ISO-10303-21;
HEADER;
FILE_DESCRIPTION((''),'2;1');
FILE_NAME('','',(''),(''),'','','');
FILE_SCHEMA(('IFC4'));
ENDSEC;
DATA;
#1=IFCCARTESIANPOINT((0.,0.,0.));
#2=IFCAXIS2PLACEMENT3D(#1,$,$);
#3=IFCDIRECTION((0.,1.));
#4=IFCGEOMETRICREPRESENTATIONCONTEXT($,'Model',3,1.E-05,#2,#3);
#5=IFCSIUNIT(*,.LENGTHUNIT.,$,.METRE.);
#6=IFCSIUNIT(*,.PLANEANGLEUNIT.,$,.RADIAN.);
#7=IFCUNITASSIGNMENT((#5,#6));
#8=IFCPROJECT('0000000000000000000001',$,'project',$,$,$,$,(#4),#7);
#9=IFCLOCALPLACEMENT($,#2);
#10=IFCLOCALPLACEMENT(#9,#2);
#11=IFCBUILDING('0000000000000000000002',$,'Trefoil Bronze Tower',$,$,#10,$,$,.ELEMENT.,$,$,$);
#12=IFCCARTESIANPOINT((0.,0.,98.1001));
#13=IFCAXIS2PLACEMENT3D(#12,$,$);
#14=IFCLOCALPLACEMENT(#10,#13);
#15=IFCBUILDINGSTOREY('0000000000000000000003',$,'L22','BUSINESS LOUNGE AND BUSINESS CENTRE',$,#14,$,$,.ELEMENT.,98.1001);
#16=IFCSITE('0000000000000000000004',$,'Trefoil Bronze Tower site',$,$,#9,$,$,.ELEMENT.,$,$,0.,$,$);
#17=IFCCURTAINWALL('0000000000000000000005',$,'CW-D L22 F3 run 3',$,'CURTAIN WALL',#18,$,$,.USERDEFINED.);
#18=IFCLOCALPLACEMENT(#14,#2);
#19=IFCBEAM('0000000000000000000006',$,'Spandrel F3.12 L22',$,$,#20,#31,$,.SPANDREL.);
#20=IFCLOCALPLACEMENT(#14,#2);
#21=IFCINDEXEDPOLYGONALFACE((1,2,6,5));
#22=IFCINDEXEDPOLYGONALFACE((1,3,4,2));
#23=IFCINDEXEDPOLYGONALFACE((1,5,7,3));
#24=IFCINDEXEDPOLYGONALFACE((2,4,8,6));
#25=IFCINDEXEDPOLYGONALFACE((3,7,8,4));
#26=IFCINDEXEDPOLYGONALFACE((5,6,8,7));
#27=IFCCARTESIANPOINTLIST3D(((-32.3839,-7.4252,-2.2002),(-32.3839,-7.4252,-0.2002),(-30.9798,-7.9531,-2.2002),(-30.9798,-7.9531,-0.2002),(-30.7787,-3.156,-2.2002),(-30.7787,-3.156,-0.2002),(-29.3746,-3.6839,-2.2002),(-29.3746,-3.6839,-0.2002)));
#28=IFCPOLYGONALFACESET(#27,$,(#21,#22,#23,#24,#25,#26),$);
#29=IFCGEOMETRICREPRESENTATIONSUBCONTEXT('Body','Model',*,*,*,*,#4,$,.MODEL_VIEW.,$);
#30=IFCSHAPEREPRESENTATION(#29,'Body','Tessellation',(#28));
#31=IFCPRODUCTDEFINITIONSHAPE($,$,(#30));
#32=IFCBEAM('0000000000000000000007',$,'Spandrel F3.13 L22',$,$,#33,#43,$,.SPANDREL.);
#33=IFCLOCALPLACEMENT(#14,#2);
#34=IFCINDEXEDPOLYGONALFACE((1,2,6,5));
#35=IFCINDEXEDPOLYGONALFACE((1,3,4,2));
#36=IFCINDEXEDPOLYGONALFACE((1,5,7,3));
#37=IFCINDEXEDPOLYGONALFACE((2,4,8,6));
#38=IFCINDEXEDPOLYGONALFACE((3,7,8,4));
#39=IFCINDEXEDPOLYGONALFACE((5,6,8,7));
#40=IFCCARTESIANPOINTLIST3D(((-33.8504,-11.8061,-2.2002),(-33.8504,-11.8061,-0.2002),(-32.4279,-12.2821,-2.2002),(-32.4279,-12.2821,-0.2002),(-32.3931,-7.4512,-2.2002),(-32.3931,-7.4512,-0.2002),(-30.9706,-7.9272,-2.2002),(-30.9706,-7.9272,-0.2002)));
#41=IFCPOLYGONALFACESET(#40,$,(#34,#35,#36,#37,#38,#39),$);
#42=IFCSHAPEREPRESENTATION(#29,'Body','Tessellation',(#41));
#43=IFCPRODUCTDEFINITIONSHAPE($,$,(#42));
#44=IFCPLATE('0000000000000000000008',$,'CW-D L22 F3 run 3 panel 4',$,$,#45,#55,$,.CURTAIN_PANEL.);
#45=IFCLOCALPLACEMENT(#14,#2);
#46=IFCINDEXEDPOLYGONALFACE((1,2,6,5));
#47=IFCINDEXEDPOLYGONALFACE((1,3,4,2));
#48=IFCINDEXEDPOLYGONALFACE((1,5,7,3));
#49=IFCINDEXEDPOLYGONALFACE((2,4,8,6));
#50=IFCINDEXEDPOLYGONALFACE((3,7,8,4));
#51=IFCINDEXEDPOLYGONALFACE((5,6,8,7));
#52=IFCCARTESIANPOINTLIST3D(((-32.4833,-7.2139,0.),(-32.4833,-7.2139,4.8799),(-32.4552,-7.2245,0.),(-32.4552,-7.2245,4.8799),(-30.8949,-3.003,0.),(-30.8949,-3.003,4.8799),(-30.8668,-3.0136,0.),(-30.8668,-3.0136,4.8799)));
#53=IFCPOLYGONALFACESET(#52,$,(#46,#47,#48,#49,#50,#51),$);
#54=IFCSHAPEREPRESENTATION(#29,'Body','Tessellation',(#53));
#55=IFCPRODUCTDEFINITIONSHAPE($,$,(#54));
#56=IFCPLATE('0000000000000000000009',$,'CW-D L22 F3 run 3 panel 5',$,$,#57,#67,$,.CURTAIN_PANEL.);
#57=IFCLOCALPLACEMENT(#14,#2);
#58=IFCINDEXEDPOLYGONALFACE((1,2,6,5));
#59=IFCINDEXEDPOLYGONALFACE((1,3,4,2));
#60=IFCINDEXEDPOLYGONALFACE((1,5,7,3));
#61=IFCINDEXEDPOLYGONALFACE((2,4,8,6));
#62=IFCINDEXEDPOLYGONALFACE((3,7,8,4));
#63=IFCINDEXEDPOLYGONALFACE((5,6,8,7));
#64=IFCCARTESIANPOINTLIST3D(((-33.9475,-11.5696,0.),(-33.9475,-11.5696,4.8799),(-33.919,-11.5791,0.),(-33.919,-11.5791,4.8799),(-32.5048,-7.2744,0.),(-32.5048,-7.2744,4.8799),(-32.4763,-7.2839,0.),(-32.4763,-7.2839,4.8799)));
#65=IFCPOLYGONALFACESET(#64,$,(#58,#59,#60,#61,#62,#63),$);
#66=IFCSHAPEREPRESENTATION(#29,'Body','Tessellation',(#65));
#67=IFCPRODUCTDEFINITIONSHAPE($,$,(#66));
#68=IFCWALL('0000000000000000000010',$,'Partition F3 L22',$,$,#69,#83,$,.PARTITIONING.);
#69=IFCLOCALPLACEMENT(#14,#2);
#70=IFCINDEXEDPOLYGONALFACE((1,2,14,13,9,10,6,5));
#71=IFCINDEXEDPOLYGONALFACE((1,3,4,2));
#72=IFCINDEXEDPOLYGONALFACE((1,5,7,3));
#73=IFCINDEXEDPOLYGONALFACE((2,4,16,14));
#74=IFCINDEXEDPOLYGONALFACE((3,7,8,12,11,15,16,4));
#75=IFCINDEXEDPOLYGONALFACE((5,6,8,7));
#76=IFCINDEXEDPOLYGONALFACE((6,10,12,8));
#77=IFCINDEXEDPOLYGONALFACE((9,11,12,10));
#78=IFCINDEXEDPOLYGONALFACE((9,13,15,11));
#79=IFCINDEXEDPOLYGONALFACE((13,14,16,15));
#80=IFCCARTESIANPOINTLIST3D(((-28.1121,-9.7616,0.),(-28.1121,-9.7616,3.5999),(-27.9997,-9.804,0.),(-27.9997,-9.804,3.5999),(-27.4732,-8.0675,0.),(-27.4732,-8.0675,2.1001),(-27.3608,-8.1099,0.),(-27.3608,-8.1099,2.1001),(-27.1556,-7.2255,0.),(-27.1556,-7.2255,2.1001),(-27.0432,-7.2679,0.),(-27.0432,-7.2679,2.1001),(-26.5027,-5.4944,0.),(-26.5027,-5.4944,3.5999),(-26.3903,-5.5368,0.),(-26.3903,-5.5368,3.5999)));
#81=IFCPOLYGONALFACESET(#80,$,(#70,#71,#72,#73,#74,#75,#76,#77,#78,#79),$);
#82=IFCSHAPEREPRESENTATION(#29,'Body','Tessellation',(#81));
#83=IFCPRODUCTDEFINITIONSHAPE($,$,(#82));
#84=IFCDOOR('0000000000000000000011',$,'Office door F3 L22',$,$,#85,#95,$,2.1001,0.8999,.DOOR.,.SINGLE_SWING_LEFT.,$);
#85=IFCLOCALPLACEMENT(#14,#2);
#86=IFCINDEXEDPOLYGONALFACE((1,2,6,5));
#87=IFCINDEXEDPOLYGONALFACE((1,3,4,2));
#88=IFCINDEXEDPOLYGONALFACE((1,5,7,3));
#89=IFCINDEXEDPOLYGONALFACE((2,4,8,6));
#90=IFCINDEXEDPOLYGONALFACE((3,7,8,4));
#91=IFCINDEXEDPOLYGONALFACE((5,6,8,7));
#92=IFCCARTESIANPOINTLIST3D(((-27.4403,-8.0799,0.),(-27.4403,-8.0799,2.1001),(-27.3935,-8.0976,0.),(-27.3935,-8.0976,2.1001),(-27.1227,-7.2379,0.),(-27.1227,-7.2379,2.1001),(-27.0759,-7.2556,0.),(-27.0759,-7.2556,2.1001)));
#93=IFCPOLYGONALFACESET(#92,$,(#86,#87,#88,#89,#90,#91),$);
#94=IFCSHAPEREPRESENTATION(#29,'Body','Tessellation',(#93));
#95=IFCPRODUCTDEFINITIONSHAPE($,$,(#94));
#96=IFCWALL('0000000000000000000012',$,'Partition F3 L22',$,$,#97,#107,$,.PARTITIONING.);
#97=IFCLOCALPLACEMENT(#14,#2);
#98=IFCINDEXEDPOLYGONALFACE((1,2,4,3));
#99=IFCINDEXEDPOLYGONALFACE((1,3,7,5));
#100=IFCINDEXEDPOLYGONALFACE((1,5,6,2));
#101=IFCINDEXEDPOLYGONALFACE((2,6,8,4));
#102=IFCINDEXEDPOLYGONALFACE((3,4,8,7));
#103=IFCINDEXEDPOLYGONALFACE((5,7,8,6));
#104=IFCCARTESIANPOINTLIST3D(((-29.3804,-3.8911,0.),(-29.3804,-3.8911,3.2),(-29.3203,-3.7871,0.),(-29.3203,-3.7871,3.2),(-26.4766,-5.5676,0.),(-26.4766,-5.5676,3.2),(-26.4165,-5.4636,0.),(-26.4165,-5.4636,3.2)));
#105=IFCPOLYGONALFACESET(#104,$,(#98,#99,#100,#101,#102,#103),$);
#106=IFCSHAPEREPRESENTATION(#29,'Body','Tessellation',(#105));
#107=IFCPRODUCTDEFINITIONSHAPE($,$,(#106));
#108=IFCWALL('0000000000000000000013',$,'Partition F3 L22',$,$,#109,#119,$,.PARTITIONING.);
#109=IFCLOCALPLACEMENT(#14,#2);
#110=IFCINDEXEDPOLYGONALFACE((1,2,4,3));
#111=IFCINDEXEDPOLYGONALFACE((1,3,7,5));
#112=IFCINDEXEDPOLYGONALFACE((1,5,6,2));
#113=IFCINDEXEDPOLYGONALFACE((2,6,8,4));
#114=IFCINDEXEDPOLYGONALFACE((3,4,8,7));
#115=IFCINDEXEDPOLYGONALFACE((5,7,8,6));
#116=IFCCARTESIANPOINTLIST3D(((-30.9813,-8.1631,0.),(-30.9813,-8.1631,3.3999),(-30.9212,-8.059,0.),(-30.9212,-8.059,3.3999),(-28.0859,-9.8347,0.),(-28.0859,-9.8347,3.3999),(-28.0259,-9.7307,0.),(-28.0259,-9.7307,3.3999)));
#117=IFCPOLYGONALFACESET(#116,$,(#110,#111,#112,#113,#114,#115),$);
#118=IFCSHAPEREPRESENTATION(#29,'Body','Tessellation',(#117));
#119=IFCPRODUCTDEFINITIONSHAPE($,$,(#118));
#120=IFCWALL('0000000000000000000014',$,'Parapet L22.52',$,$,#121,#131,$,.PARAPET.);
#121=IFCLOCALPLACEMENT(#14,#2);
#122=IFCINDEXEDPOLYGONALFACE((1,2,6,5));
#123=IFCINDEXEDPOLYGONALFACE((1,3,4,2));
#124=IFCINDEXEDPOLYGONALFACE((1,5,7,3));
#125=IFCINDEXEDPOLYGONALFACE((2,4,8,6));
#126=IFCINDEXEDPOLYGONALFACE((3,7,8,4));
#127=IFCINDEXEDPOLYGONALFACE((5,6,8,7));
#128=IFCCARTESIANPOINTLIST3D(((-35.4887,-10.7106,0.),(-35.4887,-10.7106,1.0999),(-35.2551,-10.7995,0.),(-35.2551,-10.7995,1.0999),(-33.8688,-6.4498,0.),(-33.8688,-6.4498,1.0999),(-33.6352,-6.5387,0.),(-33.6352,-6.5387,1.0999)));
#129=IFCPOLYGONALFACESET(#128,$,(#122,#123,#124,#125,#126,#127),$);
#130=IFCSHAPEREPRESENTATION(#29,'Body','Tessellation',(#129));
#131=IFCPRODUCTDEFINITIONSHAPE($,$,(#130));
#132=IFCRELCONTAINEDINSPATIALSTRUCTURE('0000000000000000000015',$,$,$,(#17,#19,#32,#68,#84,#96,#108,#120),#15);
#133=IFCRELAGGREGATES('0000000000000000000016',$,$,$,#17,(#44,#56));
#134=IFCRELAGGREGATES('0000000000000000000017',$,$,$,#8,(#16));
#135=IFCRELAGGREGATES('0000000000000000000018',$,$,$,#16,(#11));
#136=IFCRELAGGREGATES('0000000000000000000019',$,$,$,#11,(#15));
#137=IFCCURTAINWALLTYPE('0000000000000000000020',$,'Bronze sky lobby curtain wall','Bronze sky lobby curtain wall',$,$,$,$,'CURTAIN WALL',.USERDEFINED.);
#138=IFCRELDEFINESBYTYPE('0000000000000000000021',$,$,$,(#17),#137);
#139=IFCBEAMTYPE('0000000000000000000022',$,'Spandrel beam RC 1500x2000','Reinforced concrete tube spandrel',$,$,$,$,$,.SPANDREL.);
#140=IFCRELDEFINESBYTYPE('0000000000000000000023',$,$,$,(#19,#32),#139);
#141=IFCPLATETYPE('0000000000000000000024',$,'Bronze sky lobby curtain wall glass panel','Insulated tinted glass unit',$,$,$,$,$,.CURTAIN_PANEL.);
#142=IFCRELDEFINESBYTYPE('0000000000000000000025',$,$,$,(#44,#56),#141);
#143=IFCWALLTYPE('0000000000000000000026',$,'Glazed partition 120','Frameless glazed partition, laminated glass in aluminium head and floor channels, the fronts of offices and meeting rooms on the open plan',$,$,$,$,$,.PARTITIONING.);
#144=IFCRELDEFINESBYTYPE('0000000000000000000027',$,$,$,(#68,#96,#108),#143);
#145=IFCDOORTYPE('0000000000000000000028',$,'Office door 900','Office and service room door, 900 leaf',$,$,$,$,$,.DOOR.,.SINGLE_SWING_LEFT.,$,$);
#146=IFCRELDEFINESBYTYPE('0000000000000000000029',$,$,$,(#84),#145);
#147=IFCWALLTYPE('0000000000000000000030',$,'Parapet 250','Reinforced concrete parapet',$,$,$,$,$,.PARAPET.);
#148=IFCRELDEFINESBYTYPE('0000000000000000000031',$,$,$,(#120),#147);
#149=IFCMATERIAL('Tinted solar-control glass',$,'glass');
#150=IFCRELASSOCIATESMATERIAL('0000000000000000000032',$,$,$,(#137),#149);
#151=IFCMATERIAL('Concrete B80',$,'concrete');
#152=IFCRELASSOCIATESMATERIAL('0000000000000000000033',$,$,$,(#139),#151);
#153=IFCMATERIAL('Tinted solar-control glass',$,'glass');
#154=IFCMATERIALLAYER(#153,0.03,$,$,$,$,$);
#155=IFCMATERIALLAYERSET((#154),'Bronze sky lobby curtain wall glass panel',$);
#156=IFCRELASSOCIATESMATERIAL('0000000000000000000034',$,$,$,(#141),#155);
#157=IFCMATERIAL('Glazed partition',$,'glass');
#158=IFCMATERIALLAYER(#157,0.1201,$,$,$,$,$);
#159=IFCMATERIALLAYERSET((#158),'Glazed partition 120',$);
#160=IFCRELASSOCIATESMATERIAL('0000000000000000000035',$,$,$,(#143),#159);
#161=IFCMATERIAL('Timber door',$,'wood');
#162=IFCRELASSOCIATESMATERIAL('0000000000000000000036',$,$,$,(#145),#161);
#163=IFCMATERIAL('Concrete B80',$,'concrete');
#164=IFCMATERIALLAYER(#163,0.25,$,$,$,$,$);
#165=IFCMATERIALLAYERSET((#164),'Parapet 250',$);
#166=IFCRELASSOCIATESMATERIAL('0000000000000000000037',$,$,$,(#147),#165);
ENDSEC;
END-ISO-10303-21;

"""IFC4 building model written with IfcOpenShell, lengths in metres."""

from ifc_helpers import new_model, si_unit, direction, frame, frame_2d, origin, origin_2d, place, context, subcontext, project, spatial, rectangle, extrude, material, layer, layer_set, material_profile, profile_set, type_object, element, fill, aggregate, save


model = new_model("IFC4")

# Units and contexts
model_context = context("Model", 3, precision=1e-05, world=origin(), true_north=direction((0.0, 1.0)))
body_context = subcontext(model_context, "Body", "Model", "MODEL_VIEW")
ifc_project = project(units=[si_unit("LENGTHUNIT", "METRE"), si_unit("PLANEANGLEUNIT", "RADIAN")], contexts=[model_context])

# Site, building, storey
site_placement = place(None, origin())
site = spatial("IfcSite", under=ifc_project, at=site_placement, Name="Trefoil Bronze Tower site", CompositionType="ELEMENT", RefElevation=0.0)
building_placement = place(site_placement, origin())
building = spatial("IfcBuilding", under=site, at=building_placement, Name="Trefoil Bronze Tower", CompositionType="ELEMENT")
storey_placement = place(building_placement, frame((0.0, 0.0, 98.1001)))
storey = spatial("IfcBuildingStorey", under=building, at=storey_placement, Name="L22", Description="BUSINESS LOUNGE AND BUSINESS CENTRE", CompositionType="ELEMENT", Elevation=98.1001)

# Curtain wall
ifc_material_1 = material(Name="Tinted solar-control glass", Category="glass")
curtain_wall_type = type_object("IfcCurtainWallType", Name="Bronze sky lobby curtain wall", Description="Bronze sky lobby curtain wall", ElementType="CURTAIN WALL", PredefinedType="USERDEFINED", material=ifc_material_1)
curtain_wall_placement = place(storey_placement, origin())
curtain_wall = element("IfcCurtainWall", 1, at=curtain_wall_placement, inside=storey, type_object=curtain_wall_type, Name="CW-D L22 F3 run 3", ObjectType="CURTAIN WALL", PredefinedType="USERDEFINED")

# Beams
ifc_material_2 = material(Name="Concrete B80", Category="concrete")
ifc_material_profile_1 = material_profile(ifc_material_2, rectangle(XDim=1.5, YDim=2.0, at=origin_2d()), Name="RC 1500x2000")
ifc_profile_set_1 = profile_set([ifc_material_profile_1], Name="Concrete B80")
beam_type_1 = type_object("IfcBeamType", Name="Spandrel beam RC 1500x2000", Description="Reinforced concrete tube spandrel", PredefinedType="SPANDREL", material=ifc_profile_set_1)
beam_1_placement = place(storey_placement, frame((-30.0767, -3.4199, -1.2002), z_axis=(-0.351939, -0.936023, 0.0), x_axis=(0.936023, -0.351939, 0.0)))
element("IfcBeam", 2, at=beam_1_placement, inside=storey, type_object=beam_type_1, Name="Spandrel F3.12 L22", PredefinedType="SPANDREL", context=body_context, shape_type="SweptSolid", body=[
    extrude(rectangle(XDim=1.5, YDim=2.0, at=origin_2d()), origin(), (0.0, 0.0, 1.0), 4.561),
])
beam_2_placement = place(storey_placement, frame((-31.6819, -7.6892, -1.2002), z_axis=(-0.317328, -0.948316, 0.0), x_axis=(0.948316, -0.317328, 0.0)))
element("IfcBeam", 3, at=beam_2_placement, inside=storey, type_object=beam_type_1, Name="Spandrel F3.13 L22", PredefinedType="SPANDREL", context=body_context, shape_type="SweptSolid", body=[
    extrude(rectangle(XDim=1.5, YDim=2.0, at=origin_2d()), origin(), (0.0, 0.0, 1.0), 4.5923),
])

# Plates
ifc_material_3 = material(Name="Tinted solar-control glass", Category="glass")
ifc_layer_1 = layer(ifc_material_3, 0.03)
ifc_layer_set_1 = layer_set([ifc_layer_1], Name="Bronze sky lobby curtain wall glass panel")
plate_type = type_object("IfcPlateType", Name="Bronze sky lobby curtain wall glass panel", Description="Insulated tinted glass unit", PredefinedType="CURTAIN_PANEL", material=ifc_layer_set_1)
plate_1_placement = place(storey_placement, frame((-31.675, -5.1138, 0.0), z_axis=(0.0, 0.0, 1.0), x_axis=(-0.35292, -0.935654, 0.0)))
plate_1 = element("IfcPlate", 4, at=plate_1_placement, type_object=plate_type, Name="CW-D L22 F3 run 3 panel 4", PredefinedType="CURTAIN_PANEL", context=body_context, shape_type="SweptSolid", body=[
    extrude(rectangle(XDim=4.5005, YDim=0.03, at=origin_2d()), origin(), (0.0, 0.0, 1.0), 4.8799),
])
plate_2_placement = place(storey_placement, frame((-33.2119, -9.4268, 0.0), z_axis=(0.0, 0.0, 1.0), x_axis=(-0.318404, -0.947955, 0.0)))
plate_2 = element("IfcPlate", 5, at=plate_2_placement, type_object=plate_type, Name="CW-D L22 F3 run 3 panel 5", PredefinedType="CURTAIN_PANEL", context=body_context, shape_type="SweptSolid", body=[
    extrude(rectangle(XDim=4.531, YDim=0.03, at=origin_2d()), origin(), (0.0, 0.0, 1.0), 4.8799),
])
aggregate(curtain_wall, [plate_1, plate_2])

# Wall, opening, door
ifc_material_4 = material(Name="Glazed partition", Category="glass")
ifc_layer_2 = layer(ifc_material_4, 0.1201)
ifc_layer_set_2 = layer_set([ifc_layer_2], Name="Glazed partition 120")
wall_type_1 = type_object("IfcWallType", Name="Glazed partition 120", Description="Frameless glazed partition, laminated glass in aluminium head and floor channels, the fronts of offices and meeting rooms on the open plan", PredefinedType="PARTITIONING", material=ifc_layer_set_2)
wall_1_placement = place(storey_placement, frame((-26.4465, -5.5156, 0.0), z_axis=(0.0, 0.0, 1.0), x_axis=(-0.352895, -0.935663, 0.0)))
wall_1 = element("IfcWall", 6, at=wall_1_placement, inside=storey, type_object=wall_type_1, Name="Partition F3 L22", PredefinedType="PARTITIONING", context=body_context, shape_type="SweptSolid", body=[
    extrude(rectangle(XDim=4.5605, YDim=0.1201, at=frame_2d((2.2803, 0.0))), origin(), (0.0, 0.0, 1.0), 3.5999),
])
opening_placement = place(wall_1_placement, frame((1.8501, 0.0, 0.0)))
opening = element("IfcOpeningElement", 7, at=opening_placement, cuts=wall_1, PredefinedType="OPENING", context=body_context, shape_type="SweptSolid", body=[
    extrude(rectangle(XDim=0.8999, YDim=2.1001, at=frame_2d((0.45, 1.05))), frame((0.0, 0.0701, 0.0), z_axis=(0.0, -1.0, 0.0), x_axis=(1.0, 0.0, 0.0)), (0.0, 0.0, 1.0), 0.1401),
])
ifc_material_5 = material(Name="Timber door", Category="wood")
door_type = type_object("IfcDoorType", Name="Office door 900", Description="Office and service room door, 900 leaf", OperationType="SINGLE_SWING_LEFT", PredefinedType="DOOR", material=ifc_material_5)
door_placement = place(opening_placement, frame((0.8999, 0.0, 0.0), z_axis=(0.0, 0.0, 1.0), x_axis=(-1.0, 0.0, 0.0)))
door = element("IfcDoor", 8, at=door_placement, inside=storey, type_object=door_type, Name="Office door F3 L22", OperationType="SINGLE_SWING_LEFT", OverallHeight=2.1001, OverallWidth=0.8999, PredefinedType="DOOR", context=body_context, shape_type="SweptSolid", body=[
    extrude(rectangle(XDim=0.8999, YDim=2.1001, at=frame_2d((0.45, 1.05))), frame((0.0, 0.0249, 0.0), z_axis=(0.0, -1.0, 0.0), x_axis=(1.0, 0.0, 0.0)), (0.0, 0.0, 1.0), 0.05),
])
fill(opening, door)

# Walls
wall_2_placement = place(storey_placement, frame((-26.4465, -5.5156, 0.0), z_axis=(0.0, 0.0, 1.0), x_axis=(-0.866026, 0.5, 0.0)))
element("IfcWall", 9, at=wall_2_placement, inside=storey, type_object=wall_type_1, Name="Partition F3 L22", PredefinedType="PARTITIONING", context=body_context, shape_type="SweptSolid", body=[
    extrude(rectangle(XDim=3.353, YDim=0.1201, at=frame_2d((1.6765, 0.0))), origin(), (0.0, 0.0, 1.0), 3.2),
])
wall_3_placement = place(storey_placement, frame((-28.0559, -9.7827, 0.0), z_axis=(0.0, 0.0, 1.0), x_axis=(-0.866019, 0.500011, 0.0)))
element("IfcWall", 10, at=wall_3_placement, inside=storey, type_object=wall_type_1, Name="Partition F3 L22", PredefinedType="PARTITIONING", context=body_context, shape_type="SweptSolid", body=[
    extrude(rectangle(XDim=3.3433, YDim=0.1201, at=frame_2d((1.6716, 0.0))), origin(), (0.0, 0.0, 1.0), 3.3999),
])
ifc_material_6 = material(Name="Concrete B80", Category="concrete")
ifc_layer_3 = layer(ifc_material_6, 0.25)
ifc_layer_set_3 = layer_set([ifc_layer_3], Name="Parapet 250")
wall_type_2 = type_object("IfcWallType", Name="Parapet 250", Description="Reinforced concrete parapet", PredefinedType="PARAPET", material=ifc_layer_set_3)
wall_4_placement = place(storey_placement, frame((-33.752, -6.4941, 0.0), z_axis=(0.0, 0.0, 1.0), x_axis=(-0.355369, -0.934726, 0.0)))
element("IfcWall", 11, at=wall_4_placement, inside=storey, type_object=wall_type_2, Name="Parapet L22.52", PredefinedType="PARAPET", context=body_context, shape_type="SweptSolid", body=[
    extrude(rectangle(XDim=4.5583, YDim=0.25, at=frame_2d((2.2793, 0.0))), origin(), (0.0, 0.0, 1.0), 1.0999),
])

save(model, "model.ifc")
